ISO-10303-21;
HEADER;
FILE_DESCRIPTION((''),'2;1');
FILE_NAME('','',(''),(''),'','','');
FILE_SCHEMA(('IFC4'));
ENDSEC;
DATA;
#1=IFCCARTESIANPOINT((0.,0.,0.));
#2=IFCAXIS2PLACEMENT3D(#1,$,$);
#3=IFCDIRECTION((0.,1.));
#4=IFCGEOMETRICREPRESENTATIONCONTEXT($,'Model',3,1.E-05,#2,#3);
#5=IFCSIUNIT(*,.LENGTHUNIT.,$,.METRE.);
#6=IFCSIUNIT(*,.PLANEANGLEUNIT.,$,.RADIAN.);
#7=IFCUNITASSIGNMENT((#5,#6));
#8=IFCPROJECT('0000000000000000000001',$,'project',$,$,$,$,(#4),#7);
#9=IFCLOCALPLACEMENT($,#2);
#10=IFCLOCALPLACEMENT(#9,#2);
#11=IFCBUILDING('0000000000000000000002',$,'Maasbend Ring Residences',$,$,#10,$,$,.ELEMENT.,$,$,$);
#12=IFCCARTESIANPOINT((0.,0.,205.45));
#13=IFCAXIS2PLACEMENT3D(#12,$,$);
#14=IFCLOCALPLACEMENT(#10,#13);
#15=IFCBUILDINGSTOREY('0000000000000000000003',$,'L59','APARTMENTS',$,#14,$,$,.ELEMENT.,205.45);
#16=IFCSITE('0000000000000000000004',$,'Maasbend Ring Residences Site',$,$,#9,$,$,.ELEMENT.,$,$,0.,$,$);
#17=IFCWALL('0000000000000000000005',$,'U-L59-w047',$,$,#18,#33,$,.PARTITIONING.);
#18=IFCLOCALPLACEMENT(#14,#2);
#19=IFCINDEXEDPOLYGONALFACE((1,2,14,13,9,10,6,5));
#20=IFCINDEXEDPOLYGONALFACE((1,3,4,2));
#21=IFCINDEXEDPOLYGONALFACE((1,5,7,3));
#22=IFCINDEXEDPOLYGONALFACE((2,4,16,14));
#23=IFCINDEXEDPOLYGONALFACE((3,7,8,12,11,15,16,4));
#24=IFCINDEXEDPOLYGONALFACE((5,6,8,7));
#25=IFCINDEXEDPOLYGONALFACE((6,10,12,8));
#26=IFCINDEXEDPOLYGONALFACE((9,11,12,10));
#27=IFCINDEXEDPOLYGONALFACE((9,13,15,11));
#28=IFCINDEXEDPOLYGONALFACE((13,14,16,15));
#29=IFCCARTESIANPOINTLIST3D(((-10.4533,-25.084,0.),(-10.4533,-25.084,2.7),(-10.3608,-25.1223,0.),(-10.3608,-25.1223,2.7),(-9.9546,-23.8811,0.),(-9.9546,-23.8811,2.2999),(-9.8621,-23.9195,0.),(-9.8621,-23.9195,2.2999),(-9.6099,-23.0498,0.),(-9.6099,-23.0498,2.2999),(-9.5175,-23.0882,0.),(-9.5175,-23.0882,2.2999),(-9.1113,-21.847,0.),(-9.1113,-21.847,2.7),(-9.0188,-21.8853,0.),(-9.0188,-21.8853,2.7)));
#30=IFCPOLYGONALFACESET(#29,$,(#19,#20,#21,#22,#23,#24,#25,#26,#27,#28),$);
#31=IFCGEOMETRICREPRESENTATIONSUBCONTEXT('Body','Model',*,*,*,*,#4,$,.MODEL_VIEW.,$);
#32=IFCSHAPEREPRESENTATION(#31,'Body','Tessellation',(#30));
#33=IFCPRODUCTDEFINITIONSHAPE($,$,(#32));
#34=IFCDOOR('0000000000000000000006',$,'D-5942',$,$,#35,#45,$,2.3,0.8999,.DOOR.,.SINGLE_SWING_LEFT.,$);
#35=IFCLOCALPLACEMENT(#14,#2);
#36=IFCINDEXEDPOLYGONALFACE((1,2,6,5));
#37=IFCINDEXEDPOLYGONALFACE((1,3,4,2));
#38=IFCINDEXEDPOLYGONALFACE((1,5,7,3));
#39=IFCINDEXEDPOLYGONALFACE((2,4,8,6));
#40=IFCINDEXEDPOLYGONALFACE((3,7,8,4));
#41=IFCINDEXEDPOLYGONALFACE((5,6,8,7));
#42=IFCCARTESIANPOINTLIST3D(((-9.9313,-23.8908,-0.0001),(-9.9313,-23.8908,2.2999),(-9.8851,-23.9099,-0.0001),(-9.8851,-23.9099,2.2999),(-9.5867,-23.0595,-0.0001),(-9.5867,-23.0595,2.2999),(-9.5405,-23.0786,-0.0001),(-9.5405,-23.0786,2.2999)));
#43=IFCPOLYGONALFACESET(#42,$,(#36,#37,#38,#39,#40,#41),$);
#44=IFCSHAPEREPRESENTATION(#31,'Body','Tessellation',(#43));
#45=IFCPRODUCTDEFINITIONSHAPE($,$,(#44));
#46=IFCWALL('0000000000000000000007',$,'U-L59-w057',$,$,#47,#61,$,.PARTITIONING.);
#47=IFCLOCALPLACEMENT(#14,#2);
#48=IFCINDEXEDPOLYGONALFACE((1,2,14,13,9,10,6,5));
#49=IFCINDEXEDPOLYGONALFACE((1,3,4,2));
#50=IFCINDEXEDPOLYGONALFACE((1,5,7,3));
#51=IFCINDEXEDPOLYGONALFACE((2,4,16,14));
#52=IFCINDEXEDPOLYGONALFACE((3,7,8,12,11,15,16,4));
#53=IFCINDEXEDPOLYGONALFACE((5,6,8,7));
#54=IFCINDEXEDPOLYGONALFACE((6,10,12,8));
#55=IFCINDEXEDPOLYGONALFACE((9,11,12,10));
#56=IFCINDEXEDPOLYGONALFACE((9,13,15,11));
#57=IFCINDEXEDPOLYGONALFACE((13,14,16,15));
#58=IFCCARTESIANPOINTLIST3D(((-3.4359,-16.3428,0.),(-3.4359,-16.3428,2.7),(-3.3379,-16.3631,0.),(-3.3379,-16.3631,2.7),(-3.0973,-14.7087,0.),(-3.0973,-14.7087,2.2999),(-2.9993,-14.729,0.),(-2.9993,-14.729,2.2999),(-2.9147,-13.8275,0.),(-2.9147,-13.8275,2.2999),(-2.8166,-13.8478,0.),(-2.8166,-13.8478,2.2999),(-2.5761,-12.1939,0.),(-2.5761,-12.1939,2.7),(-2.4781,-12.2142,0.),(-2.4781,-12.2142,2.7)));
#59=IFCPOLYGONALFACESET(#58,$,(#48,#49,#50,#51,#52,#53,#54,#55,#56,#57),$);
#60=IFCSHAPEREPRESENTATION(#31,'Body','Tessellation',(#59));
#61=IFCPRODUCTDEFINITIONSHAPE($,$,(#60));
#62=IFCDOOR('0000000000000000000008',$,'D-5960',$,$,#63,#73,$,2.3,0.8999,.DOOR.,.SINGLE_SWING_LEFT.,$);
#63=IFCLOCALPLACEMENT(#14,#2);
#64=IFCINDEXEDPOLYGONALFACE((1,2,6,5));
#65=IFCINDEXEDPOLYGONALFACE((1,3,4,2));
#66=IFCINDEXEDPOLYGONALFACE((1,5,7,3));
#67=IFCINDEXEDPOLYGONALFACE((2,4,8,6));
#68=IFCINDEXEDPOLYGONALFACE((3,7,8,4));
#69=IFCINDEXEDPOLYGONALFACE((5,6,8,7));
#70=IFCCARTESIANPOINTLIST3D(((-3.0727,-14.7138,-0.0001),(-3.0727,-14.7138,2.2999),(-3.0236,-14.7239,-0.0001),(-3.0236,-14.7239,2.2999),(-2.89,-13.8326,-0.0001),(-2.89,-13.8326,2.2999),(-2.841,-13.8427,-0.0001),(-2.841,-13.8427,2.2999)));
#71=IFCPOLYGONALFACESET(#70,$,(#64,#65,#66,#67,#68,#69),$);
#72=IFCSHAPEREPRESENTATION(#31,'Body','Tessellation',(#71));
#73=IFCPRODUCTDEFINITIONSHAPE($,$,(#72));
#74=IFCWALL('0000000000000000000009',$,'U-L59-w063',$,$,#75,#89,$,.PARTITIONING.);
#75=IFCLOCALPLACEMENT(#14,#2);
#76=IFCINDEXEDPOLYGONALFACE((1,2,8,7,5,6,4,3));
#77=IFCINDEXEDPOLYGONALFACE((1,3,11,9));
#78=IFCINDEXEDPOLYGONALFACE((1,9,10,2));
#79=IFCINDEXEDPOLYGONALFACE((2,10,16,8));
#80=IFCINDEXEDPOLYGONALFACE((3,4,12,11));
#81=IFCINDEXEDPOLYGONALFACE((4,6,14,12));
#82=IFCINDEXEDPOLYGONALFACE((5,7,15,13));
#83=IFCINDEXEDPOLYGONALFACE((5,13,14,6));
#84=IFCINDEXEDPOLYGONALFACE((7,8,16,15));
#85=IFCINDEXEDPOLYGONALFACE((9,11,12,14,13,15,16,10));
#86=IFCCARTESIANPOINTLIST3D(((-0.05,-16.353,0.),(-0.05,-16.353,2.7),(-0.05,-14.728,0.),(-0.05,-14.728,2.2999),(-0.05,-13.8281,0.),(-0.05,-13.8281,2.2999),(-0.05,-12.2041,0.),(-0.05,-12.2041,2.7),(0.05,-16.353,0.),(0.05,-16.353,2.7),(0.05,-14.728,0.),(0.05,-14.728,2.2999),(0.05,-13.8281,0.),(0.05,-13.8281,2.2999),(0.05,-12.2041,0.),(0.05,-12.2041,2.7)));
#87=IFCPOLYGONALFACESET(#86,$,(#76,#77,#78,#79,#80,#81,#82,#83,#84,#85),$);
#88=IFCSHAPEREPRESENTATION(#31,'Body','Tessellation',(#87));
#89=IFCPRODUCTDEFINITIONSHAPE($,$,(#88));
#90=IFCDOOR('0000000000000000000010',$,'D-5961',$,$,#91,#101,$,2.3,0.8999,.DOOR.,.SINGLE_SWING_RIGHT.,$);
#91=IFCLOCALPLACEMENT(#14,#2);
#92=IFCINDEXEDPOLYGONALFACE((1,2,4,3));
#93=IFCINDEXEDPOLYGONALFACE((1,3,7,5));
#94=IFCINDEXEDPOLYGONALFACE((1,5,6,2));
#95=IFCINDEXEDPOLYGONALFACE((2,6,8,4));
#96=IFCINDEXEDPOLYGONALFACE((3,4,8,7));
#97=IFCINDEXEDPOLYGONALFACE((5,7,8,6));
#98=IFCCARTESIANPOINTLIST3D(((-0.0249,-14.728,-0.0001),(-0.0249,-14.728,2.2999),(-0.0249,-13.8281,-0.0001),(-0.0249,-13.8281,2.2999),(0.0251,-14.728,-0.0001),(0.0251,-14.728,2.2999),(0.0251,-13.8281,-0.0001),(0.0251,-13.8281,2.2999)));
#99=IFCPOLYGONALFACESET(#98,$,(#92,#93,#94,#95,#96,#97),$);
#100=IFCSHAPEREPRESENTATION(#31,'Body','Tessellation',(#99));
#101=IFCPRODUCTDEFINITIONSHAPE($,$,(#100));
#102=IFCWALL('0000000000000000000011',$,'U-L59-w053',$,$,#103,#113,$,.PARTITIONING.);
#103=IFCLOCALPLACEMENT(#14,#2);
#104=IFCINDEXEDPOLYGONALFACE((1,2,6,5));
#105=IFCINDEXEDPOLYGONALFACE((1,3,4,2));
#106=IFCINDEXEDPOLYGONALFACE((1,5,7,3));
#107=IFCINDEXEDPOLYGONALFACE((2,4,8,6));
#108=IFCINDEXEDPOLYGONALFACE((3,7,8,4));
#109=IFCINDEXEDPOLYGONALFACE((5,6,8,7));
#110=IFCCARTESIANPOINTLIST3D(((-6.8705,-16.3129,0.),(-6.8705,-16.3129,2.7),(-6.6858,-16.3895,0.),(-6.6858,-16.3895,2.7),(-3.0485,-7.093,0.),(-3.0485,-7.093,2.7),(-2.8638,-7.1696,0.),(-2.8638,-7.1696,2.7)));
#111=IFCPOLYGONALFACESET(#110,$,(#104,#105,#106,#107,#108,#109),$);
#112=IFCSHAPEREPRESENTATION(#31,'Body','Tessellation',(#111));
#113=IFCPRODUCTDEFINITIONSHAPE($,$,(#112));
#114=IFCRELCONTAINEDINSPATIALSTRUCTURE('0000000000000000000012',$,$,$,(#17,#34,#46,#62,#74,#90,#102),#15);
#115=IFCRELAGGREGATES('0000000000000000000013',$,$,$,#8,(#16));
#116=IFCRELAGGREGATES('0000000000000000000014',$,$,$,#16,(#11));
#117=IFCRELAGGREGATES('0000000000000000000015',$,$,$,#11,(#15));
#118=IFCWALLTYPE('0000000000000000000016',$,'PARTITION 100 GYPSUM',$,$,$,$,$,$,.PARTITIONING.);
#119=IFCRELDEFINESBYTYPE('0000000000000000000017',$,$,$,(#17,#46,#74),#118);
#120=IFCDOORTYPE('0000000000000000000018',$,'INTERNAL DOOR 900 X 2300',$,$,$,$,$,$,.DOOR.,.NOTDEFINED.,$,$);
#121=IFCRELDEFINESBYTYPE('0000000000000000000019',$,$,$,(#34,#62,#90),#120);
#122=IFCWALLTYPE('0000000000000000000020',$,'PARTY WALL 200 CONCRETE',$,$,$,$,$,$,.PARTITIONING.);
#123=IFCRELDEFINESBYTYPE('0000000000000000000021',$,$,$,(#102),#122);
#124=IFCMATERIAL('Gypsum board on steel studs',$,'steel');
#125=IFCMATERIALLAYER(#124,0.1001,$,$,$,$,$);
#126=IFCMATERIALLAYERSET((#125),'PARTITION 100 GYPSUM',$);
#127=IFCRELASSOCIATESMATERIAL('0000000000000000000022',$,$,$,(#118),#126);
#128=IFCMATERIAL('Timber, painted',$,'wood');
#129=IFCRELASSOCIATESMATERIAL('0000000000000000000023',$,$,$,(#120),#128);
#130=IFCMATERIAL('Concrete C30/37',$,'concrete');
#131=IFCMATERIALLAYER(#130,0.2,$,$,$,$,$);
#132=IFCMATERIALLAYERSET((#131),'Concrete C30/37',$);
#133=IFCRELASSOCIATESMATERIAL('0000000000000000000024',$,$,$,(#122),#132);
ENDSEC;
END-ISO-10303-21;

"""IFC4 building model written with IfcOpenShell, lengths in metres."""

from ifc_helpers import new_model, si_unit, direction, frame, frame_2d, origin, place, context, subcontext, project, spatial, rectangle, extrude, material, layer, layer_set, type_object, element, fill, save


model = new_model("IFC4")

# Units and contexts
model_context = context("Model", 3, precision=1e-05, world=origin(), true_north=direction((0.0, 1.0)))
body_context = subcontext(model_context, "Body", "Model", "MODEL_VIEW")
ifc_project = project(units=[si_unit("LENGTHUNIT", "METRE"), si_unit("PLANEANGLEUNIT", "RADIAN")], contexts=[model_context])

# Site, building, storey
site_placement = place(None, origin())
site = spatial("IfcSite", under=ifc_project, at=site_placement, Name="Maasbend Ring Residences Site", CompositionType="ELEMENT", RefElevation=0.0)
building_placement = place(site_placement, origin())
building = spatial("IfcBuilding", under=site, at=building_placement, Name="Maasbend Ring Residences", CompositionType="ELEMENT")
storey_placement = place(building_placement, frame((0.0, 0.0, 205.45)))
storey = spatial("IfcBuildingStorey", under=building, at=storey_placement, Name="L59", Description="APARTMENTS", CompositionType="ELEMENT", Elevation=205.45)

# Shared definitions
ifc_material_1 = material(Name="Gypsum board on steel studs", Category="steel")
ifc_layer_1 = layer(ifc_material_1, 0.1001)
ifc_layer_set_1 = layer_set([ifc_layer_1], Name="PARTITION 100 GYPSUM")
wall_type_1 = type_object("IfcWallType", Name="PARTITION 100 GYPSUM", PredefinedType="PARTITIONING", material=ifc_layer_set_1)
ifc_material_2 = material(Name="Timber, painted", Category="wood")
door_type_1 = type_object("IfcDoorType", Name="INTERNAL DOOR 900 X 2300", OperationType="NOTDEFINED", PredefinedType="DOOR", material=ifc_material_2)

# Walls, openings, doors
wall_1_placement = place(storey_placement, frame((-10.407, -25.103, 0.0), z_axis=(0.0, 0.0, 1.0), x_axis=(0.382977, 0.923758, 0.0)))
wall_1 = element("IfcWall", 1, at=wall_1_placement, inside=storey, type_object=wall_type_1, Name="U-L59-w047", PredefinedType="PARTITIONING", context=body_context, shape_type="SweptSolid", body=[
    extrude(rectangle(XDim=3.5042, YDim=0.1001, at=frame_2d((1.752, 0.0))), origin(), (0.0, 0.0, 1.0), 2.7),
])
opening_1_placement = place(wall_1_placement, frame((1.302, 0.0, 0.0)))
opening_1 = element("IfcOpeningElement", 2, at=opening_1_placement, cuts=wall_1, PredefinedType="OPENING", context=body_context, shape_type="SweptSolid", body=[
    extrude(rectangle(XDim=0.8999, YDim=2.3, at=frame_2d((0.45, 1.1499))), frame((0.0, 0.0601, 0.0), z_axis=(0.0, -1.0, 0.0), x_axis=(1.0, 0.0, 0.0)), (0.0, 0.0, 1.0), 0.1201),
])
door_1_placement = place(opening_1_placement, origin())
door_1 = element("IfcDoor", 3, at=door_1_placement, inside=storey, type_object=door_type_1, Name="D-5942", OperationType="SINGLE_SWING_LEFT", OverallHeight=2.3, OverallWidth=0.8999, PredefinedType="DOOR", context=body_context, shape_type="SweptSolid", body=[
    extrude(rectangle(XDim=0.8999, YDim=2.3, at=frame_2d((0.45, 1.1499))), frame((0.0, 0.0249, 0.0), z_axis=(0.0, -1.0, 0.0), x_axis=(1.0, 0.0, 0.0)), (0.0, 0.0, 1.0), 0.05),
])
fill(opening_1, door_1)
wall_2_placement = place(storey_placement, frame((-3.387, -16.353, 0.0), z_axis=(0.0, 0.0, 1.0), x_axis=(0.202937, 0.979192, 0.0)))
wall_2 = element("IfcWall", 4, at=wall_2_placement, inside=storey, type_object=wall_type_1, Name="U-L59-w057", PredefinedType="PARTITIONING", context=body_context, shape_type="SweptSolid", body=[
    extrude(rectangle(XDim=4.2371, YDim=0.1001, at=frame_2d((2.1187, 0.0))), origin(), (0.0, 0.0, 1.0), 2.7),
])
opening_2_placement = place(wall_2_placement, frame((1.6689, 0.0, 0.0)))
opening_2 = element("IfcOpeningElement", 5, at=opening_2_placement, cuts=wall_2, PredefinedType="OPENING", context=body_context, shape_type="SweptSolid", body=[
    extrude(rectangle(XDim=0.8999, YDim=2.3, at=frame_2d((0.45, 1.1499))), frame((0.0, 0.0601, 0.0), z_axis=(0.0, -1.0, 0.0), x_axis=(1.0, 0.0, 0.0)), (0.0, 0.0, 1.0), 0.1201),
])
door_2_placement = place(opening_2_placement, origin())
door_2 = element("IfcDoor", 6, at=door_2_placement, inside=storey, type_object=door_type_1, Name="D-5960", OperationType="SINGLE_SWING_LEFT", OverallHeight=2.3, OverallWidth=0.8999, PredefinedType="DOOR", context=body_context, shape_type="SweptSolid", body=[
    extrude(rectangle(XDim=0.8999, YDim=2.3, at=frame_2d((0.45, 1.1499))), frame((0.0, 0.0249, 0.0), z_axis=(0.0, -1.0, 0.0), x_axis=(1.0, 0.0, 0.0)), (0.0, 0.0, 1.0), 0.05),
])
fill(opening_2, door_2)
wall_3_placement = place(storey_placement, frame((0.0, -16.353, 0.0), z_axis=(0.0, 0.0, 1.0), x_axis=(0.0, 1.0, 0.0)))
wall_3 = element("IfcWall", 7, at=wall_3_placement, inside=storey, type_object=wall_type_1, Name="U-L59-w063", PredefinedType="PARTITIONING", context=body_context, shape_type="SweptSolid", body=[
    extrude(rectangle(XDim=4.1489, YDim=0.1001, at=frame_2d((2.0745, 0.0))), origin(), (0.0, 0.0, 1.0), 2.7),
])
opening_3_placement = place(wall_3_placement, frame((1.625, 0.0, 0.0)))
opening_3 = element("IfcOpeningElement", 8, at=opening_3_placement, cuts=wall_3, PredefinedType="OPENING", context=body_context, shape_type="SweptSolid", body=[
    extrude(rectangle(XDim=0.8999, YDim=2.3, at=frame_2d((0.45, 1.1499))), frame((0.0, 0.0601, 0.0), z_axis=(0.0, -1.0, 0.0), x_axis=(1.0, 0.0, 0.0)), (0.0, 0.0, 1.0), 0.1201),
])
door_3_placement = place(opening_3_placement, origin())
door_3 = element("IfcDoor", 9, at=door_3_placement, inside=storey, type_object=door_type_1, Name="D-5961", OperationType="SINGLE_SWING_RIGHT", OverallHeight=2.3, OverallWidth=0.8999, PredefinedType="DOOR", context=body_context, shape_type="SweptSolid", body=[
    extrude(rectangle(XDim=0.8999, YDim=2.3, at=frame_2d((0.45, 1.1499))), frame((0.0, 0.0249, 0.0), z_axis=(0.0, -1.0, 0.0), x_axis=(1.0, 0.0, 0.0)), (0.0, 0.0, 1.0), 0.05),
])
fill(opening_3, door_3)

# Wall
ifc_material_3 = material(Name="Concrete C30/37", Category="concrete")
ifc_layer_2 = layer(ifc_material_3, 0.2)
ifc_layer_set_2 = layer_set([ifc_layer_2], Name="Concrete C30/37")
wall_type_2 = type_object("IfcWallType", Name="PARTY WALL 200 CONCRETE", PredefinedType="PARTITIONING", material=ifc_layer_set_2)
wall_4_placement = place(storey_placement, frame((-6.7781, -16.3511, 0.0), z_axis=(0.0, 0.0, 1.0), x_axis=(0.382939, 0.923774, 0.0)))
element("IfcWall", 10, at=wall_4_placement, inside=storey, type_object=wall_type_2, Name="U-L59-w053", PredefinedType="PARTITIONING", context=body_context, shape_type="SweptSolid", body=[
    extrude(rectangle(XDim=9.9807, YDim=0.2, at=frame_2d((4.9902, 0.0))), origin(), (0.0, 0.0, 1.0), 2.7),
])

save(model, "model.ifc")
